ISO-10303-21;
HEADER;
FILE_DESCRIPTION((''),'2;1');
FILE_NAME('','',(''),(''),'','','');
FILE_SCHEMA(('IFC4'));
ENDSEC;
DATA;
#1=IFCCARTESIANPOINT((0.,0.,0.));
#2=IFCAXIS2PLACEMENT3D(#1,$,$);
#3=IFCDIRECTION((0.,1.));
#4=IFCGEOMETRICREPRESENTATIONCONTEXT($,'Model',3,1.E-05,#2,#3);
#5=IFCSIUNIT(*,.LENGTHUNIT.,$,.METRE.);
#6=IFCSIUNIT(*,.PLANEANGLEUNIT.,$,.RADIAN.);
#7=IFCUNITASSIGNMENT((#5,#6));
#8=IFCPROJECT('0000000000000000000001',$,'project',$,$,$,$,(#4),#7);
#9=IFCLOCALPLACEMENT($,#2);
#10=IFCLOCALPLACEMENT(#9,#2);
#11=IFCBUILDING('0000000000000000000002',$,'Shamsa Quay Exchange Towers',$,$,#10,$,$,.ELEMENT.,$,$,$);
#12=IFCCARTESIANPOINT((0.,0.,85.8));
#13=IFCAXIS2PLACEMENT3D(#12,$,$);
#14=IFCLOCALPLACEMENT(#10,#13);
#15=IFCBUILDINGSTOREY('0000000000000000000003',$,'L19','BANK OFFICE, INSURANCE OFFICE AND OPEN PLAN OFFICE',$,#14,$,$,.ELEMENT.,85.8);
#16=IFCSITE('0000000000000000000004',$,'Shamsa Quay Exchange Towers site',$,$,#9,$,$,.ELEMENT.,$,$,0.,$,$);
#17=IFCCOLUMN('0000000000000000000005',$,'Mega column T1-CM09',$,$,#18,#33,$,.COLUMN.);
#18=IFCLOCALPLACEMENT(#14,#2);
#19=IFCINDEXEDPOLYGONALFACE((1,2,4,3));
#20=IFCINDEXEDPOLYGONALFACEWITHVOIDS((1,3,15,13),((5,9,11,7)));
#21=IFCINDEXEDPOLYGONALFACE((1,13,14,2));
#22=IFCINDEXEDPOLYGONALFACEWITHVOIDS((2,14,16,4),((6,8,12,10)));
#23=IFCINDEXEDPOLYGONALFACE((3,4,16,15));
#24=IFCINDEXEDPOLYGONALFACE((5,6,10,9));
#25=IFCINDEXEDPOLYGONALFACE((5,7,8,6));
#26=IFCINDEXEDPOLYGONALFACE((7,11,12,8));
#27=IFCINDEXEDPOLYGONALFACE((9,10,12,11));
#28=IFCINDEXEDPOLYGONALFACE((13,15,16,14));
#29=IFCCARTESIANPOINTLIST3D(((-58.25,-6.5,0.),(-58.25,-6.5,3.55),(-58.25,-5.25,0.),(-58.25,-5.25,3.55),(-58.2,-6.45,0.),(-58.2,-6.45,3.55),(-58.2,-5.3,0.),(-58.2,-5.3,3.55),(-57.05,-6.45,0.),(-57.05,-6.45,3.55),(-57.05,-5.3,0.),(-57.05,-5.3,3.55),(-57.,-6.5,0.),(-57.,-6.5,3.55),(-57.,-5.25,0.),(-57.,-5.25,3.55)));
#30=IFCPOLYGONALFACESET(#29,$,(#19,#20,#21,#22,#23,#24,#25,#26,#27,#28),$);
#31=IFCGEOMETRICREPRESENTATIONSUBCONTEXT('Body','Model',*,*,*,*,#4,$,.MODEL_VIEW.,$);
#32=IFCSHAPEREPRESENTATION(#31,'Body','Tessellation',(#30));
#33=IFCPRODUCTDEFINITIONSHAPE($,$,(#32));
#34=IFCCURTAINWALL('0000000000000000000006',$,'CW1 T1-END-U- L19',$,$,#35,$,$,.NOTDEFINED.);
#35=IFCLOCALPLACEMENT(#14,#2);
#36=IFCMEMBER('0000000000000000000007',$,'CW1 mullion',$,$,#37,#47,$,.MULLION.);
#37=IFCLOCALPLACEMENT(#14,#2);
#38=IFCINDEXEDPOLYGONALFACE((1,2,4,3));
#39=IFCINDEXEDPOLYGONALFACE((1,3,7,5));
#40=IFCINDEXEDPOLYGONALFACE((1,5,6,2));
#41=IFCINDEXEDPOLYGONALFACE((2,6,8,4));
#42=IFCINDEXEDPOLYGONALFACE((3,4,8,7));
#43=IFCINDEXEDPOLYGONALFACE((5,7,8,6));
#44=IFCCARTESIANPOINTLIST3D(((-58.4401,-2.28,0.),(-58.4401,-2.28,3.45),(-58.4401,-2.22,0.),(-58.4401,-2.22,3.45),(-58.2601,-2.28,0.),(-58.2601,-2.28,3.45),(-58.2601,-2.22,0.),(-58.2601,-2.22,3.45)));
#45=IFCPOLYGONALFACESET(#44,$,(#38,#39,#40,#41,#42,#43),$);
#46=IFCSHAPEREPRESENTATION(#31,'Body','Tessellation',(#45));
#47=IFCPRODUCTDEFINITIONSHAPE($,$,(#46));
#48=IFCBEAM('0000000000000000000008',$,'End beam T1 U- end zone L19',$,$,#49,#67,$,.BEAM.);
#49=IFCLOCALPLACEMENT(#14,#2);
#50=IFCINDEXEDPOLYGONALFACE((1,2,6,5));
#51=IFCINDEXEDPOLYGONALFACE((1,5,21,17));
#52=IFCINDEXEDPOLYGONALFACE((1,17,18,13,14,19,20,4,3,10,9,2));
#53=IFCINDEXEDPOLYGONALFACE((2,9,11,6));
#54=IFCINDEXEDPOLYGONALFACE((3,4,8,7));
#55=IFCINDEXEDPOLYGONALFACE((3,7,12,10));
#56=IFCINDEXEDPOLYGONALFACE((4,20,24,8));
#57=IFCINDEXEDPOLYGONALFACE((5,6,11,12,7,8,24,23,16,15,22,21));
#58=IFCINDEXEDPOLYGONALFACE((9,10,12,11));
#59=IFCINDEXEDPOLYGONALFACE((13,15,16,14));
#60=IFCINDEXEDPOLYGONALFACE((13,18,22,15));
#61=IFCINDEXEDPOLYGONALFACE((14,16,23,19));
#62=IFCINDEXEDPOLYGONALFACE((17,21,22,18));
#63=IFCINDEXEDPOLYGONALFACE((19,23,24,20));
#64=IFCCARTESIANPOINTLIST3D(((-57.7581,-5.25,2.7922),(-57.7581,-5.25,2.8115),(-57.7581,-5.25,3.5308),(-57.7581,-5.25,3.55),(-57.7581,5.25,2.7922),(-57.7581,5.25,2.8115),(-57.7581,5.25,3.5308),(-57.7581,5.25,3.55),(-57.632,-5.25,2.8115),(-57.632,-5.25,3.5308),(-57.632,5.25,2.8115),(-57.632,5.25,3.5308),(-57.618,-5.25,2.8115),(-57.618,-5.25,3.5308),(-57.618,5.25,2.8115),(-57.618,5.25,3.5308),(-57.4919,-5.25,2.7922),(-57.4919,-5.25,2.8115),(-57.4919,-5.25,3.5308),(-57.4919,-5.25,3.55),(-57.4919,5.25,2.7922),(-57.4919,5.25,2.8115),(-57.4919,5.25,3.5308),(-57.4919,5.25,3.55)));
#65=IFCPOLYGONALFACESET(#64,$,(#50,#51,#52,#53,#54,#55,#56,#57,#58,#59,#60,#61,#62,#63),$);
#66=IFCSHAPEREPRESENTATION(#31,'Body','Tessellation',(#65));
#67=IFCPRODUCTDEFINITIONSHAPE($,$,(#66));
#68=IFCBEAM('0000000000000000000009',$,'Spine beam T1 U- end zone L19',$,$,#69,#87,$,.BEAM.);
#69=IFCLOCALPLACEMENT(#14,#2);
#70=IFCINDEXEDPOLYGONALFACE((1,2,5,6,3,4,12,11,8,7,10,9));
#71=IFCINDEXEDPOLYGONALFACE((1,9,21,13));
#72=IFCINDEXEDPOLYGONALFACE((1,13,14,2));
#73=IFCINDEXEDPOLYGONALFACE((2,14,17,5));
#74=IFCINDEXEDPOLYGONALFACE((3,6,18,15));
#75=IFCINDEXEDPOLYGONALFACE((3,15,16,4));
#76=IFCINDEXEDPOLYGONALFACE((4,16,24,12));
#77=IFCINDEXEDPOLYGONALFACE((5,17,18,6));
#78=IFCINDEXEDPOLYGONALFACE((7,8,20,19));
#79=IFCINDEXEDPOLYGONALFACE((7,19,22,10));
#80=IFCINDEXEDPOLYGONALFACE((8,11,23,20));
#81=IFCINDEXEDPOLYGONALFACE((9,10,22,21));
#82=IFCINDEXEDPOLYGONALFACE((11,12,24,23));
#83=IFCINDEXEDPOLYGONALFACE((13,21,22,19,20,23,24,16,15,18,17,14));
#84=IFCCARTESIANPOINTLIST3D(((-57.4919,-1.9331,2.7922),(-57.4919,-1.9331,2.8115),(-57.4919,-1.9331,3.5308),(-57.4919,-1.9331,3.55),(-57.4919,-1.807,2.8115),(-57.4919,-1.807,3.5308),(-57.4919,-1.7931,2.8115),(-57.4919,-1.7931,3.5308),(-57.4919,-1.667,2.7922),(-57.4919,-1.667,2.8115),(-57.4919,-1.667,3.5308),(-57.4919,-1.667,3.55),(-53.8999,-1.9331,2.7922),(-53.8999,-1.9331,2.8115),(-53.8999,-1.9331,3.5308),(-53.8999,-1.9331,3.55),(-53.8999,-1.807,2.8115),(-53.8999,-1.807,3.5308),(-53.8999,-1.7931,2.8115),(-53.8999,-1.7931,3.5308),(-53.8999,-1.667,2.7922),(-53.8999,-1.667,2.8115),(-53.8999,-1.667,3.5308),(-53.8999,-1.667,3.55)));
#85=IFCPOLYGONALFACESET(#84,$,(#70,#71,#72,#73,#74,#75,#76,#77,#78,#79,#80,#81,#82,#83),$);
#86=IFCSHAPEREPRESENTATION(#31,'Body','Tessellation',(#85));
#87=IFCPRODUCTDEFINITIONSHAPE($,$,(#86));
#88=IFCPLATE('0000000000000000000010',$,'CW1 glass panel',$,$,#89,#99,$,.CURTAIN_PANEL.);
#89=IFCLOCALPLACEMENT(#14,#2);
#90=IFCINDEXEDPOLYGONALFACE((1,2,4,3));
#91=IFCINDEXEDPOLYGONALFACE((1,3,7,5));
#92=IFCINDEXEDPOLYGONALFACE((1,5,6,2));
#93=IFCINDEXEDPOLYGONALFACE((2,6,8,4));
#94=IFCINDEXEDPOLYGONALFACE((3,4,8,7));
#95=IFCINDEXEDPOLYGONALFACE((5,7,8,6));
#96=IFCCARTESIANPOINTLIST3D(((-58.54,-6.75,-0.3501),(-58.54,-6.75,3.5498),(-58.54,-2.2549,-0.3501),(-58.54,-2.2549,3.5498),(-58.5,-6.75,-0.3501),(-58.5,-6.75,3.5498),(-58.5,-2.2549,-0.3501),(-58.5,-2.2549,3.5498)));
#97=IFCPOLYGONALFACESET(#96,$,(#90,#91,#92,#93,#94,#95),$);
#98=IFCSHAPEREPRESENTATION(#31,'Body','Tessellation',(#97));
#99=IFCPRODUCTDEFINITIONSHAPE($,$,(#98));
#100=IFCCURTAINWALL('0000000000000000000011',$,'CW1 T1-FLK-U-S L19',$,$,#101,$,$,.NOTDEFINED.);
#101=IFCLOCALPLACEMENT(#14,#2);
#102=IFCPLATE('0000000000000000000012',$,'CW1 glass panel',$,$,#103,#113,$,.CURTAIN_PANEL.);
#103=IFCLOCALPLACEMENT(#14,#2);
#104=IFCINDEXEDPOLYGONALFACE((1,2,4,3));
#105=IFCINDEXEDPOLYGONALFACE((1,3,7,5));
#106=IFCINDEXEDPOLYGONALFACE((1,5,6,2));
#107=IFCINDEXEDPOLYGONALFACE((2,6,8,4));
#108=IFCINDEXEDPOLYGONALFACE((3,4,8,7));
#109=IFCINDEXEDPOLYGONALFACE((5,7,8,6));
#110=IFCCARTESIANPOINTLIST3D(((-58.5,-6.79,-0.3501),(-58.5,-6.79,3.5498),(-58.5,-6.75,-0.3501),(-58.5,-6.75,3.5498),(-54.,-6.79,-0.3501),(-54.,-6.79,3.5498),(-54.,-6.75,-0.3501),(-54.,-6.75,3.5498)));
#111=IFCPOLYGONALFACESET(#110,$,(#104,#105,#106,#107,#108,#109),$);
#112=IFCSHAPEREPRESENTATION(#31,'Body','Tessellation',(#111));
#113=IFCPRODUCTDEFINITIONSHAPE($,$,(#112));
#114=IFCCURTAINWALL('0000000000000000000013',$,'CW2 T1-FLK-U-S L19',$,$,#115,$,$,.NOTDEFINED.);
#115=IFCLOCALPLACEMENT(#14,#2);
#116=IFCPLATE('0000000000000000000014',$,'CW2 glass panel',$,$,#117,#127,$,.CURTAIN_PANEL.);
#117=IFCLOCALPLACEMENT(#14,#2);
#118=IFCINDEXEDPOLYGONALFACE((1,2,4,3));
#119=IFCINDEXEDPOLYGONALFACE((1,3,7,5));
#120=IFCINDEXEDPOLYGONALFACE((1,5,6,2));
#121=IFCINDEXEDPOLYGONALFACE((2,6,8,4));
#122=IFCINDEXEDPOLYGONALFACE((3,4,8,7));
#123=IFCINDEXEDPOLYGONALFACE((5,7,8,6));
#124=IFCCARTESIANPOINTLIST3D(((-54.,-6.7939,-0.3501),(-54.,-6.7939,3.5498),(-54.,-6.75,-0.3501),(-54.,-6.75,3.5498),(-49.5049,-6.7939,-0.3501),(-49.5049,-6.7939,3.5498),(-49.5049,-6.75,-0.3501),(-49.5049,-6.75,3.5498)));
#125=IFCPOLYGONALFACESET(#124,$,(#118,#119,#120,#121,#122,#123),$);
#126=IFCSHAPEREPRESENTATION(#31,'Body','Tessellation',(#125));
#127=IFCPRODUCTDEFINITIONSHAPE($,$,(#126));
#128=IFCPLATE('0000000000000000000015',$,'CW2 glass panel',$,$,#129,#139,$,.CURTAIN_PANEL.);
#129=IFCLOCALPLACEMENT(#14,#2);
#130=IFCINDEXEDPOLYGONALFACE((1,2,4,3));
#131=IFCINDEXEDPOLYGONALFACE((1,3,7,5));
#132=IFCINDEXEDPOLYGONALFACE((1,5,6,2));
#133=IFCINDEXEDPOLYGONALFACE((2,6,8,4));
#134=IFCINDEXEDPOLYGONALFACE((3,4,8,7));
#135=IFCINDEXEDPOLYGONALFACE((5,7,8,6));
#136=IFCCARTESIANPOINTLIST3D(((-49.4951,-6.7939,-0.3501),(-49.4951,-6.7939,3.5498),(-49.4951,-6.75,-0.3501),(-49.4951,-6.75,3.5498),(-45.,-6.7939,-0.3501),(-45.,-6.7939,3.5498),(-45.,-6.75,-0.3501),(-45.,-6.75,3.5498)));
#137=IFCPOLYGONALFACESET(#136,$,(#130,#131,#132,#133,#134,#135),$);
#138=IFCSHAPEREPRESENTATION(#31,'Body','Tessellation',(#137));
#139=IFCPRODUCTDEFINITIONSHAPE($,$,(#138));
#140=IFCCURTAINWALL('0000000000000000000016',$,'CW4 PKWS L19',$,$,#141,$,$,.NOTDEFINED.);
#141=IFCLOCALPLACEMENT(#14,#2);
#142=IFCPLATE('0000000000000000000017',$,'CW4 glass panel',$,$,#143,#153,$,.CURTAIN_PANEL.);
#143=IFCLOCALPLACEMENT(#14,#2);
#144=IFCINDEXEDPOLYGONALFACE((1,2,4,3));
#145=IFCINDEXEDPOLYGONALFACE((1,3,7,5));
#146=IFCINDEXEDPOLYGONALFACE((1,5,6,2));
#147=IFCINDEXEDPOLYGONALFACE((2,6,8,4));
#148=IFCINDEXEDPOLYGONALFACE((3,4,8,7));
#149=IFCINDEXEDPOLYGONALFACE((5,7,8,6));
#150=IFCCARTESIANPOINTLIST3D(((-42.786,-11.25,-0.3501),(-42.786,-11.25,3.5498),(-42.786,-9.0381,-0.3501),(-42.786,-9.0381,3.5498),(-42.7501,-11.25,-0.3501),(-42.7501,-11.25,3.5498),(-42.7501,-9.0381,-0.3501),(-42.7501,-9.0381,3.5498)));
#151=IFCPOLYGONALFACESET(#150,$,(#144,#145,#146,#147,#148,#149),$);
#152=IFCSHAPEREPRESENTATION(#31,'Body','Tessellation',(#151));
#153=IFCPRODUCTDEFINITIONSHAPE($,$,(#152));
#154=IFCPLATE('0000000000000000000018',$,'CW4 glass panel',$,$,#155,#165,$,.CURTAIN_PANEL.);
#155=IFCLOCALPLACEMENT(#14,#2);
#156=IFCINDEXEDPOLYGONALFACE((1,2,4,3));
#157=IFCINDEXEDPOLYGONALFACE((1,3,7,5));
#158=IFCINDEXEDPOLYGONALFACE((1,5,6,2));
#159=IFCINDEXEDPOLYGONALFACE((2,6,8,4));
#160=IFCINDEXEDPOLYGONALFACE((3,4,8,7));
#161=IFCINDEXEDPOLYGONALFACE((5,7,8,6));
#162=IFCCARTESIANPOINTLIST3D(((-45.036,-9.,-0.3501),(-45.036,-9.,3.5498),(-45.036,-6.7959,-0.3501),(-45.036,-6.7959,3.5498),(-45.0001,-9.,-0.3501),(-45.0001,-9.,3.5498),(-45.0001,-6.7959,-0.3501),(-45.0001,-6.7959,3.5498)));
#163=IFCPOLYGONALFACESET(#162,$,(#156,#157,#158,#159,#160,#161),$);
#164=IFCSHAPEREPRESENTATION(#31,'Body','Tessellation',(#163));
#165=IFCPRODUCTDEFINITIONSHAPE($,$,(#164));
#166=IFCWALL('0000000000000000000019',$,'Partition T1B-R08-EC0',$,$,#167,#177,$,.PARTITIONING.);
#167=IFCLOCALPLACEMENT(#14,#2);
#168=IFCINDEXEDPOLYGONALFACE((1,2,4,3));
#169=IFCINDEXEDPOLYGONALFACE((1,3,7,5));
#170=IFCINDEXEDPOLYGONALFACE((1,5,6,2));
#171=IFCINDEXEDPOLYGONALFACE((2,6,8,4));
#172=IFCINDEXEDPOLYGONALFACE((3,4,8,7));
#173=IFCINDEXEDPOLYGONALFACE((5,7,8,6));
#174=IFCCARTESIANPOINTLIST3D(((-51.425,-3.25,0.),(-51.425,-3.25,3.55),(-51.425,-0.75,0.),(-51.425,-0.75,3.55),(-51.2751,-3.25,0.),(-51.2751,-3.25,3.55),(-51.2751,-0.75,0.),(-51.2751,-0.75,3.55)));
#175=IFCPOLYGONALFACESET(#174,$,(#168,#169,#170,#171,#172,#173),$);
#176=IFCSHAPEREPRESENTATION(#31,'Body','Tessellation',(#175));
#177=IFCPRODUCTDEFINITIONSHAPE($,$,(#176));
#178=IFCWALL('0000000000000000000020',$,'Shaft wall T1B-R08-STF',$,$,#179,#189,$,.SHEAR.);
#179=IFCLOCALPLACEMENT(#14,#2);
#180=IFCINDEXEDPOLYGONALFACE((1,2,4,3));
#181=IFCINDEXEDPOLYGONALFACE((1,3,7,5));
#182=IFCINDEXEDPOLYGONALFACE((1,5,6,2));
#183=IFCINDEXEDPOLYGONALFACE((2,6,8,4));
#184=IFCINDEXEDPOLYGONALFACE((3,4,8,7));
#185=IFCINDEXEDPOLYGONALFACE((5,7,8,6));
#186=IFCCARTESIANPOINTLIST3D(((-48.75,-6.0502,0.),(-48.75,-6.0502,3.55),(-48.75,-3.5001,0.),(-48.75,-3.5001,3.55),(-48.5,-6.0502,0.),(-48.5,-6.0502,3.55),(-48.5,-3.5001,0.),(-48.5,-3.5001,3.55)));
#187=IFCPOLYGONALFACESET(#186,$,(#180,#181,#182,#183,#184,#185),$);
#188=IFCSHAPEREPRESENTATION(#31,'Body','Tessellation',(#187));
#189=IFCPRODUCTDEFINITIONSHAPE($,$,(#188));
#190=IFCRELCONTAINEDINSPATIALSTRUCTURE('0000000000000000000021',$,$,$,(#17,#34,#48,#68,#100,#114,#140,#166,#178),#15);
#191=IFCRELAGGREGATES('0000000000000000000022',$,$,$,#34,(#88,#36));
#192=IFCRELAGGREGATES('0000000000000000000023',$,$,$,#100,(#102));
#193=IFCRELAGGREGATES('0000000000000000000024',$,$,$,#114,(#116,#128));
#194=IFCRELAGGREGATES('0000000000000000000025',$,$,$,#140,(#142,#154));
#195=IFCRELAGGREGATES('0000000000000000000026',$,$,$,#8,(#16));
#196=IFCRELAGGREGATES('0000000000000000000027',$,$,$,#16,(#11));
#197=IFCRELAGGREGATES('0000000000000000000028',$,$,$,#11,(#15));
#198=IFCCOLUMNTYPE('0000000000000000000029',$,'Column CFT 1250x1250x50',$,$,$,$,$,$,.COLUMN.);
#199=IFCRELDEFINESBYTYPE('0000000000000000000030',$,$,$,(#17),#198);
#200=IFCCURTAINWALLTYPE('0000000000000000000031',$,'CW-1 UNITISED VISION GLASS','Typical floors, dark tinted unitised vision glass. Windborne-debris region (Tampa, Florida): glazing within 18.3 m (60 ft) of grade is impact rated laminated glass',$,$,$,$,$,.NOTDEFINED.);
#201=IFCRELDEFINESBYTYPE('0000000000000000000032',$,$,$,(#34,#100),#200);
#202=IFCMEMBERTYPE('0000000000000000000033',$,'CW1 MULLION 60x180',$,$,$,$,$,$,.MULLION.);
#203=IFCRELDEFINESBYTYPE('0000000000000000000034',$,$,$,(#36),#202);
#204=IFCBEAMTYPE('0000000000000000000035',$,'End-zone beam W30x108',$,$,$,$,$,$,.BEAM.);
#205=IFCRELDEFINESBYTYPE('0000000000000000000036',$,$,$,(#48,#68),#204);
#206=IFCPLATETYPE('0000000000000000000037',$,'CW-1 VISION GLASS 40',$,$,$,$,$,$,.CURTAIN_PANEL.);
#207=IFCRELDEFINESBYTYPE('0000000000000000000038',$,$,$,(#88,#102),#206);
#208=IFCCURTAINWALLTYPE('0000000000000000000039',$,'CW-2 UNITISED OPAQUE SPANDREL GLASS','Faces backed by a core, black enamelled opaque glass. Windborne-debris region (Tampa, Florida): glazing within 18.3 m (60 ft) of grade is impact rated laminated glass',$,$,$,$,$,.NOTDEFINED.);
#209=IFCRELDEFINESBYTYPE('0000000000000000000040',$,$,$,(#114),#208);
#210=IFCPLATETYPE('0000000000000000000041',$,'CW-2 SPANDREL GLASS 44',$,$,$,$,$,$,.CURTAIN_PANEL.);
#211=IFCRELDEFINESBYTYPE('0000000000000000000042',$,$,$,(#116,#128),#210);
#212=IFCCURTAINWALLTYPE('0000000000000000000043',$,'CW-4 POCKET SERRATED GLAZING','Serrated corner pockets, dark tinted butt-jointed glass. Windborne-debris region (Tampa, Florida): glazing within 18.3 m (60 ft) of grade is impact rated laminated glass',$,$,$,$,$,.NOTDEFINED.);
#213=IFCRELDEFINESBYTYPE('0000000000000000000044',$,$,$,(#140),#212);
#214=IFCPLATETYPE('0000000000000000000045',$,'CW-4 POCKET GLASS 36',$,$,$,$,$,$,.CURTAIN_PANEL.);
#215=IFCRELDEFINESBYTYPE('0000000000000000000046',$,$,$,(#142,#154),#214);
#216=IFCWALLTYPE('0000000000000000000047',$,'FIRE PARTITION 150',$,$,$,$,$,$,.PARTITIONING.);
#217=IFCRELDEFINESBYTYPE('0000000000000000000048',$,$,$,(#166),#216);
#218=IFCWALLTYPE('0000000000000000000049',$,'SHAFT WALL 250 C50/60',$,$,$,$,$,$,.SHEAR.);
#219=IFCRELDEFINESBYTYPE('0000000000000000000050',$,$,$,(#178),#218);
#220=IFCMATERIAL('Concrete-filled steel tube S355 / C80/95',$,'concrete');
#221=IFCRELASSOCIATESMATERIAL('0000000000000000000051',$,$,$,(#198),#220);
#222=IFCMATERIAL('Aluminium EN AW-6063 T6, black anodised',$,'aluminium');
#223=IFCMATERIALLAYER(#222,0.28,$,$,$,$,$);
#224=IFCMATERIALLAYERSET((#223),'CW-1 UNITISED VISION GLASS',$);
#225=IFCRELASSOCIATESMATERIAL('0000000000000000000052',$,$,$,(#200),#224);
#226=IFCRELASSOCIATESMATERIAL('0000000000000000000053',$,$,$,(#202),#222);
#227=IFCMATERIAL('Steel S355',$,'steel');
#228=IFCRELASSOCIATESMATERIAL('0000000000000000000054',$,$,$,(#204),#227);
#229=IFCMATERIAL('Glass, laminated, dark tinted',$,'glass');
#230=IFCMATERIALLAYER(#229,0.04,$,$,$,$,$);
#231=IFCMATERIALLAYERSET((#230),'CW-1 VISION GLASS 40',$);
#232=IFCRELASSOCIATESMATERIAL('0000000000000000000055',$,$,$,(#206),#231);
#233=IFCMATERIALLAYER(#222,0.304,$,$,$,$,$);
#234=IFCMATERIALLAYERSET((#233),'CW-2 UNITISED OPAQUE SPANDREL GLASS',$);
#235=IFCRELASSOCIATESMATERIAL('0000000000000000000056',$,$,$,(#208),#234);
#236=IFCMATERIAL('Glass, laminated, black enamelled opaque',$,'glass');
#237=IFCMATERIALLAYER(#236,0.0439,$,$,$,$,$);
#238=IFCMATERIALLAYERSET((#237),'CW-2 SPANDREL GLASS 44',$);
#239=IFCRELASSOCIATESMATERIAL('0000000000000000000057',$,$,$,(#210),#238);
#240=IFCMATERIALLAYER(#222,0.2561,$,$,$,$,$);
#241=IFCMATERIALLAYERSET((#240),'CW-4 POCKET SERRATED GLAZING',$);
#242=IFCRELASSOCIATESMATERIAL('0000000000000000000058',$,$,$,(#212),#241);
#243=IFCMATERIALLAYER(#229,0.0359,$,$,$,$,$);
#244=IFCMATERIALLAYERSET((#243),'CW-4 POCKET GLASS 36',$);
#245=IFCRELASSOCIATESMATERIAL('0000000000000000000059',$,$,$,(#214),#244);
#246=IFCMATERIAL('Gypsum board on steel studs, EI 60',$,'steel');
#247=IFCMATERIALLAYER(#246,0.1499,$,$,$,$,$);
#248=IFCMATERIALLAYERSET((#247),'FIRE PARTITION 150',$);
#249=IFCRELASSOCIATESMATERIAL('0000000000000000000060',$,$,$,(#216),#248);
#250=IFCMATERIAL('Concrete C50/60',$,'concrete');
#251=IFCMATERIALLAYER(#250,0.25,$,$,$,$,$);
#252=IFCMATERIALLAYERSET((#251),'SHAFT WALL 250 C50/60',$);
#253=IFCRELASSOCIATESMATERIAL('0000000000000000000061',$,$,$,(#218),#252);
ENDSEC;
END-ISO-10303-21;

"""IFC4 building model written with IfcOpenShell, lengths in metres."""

from ifc_helpers import new_model, si_unit, direction, frame, frame_2d, origin, origin_2d, place, context, subcontext, project, spatial, rectangle, hollow_rectangle, i_section, extrude, material, layer, layer_set, material_profile, profile_set, type_object, element, aggregate, save


model = new_model("IFC4")

# Units and contexts
model_context = context("Model", 3, precision=1e-05, world=origin(), true_north=direction((0.0, 1.0)))
body_context = subcontext(model_context, "Body", "Model", "MODEL_VIEW")
ifc_project = project(units=[si_unit("LENGTHUNIT", "METRE"), si_unit("PLANEANGLEUNIT", "RADIAN")], contexts=[model_context])

# Site, building, storey
site_placement = place(None, origin())
site = spatial("IfcSite", under=ifc_project, at=site_placement, Name="Shamsa Quay Exchange Towers site", CompositionType="ELEMENT", RefElevation=0.0)
building_placement = place(site_placement, origin())
building = spatial("IfcBuilding", under=site, at=building_placement, Name="Shamsa Quay Exchange Towers", CompositionType="ELEMENT")
storey_placement = place(building_placement, frame((0.0, 0.0, 85.8)))
storey = spatial("IfcBuildingStorey", under=building, at=storey_placement, Name="L19", Description="BANK OFFICE, INSURANCE OFFICE AND OPEN PLAN OFFICE", CompositionType="ELEMENT", Elevation=85.8)

# Column
ifc_material_1 = material(Name="Concrete-filled steel tube S355 / C80/95", Category="concrete")
ifc_material_profile_1 = material_profile(ifc_material_1, hollow_rectangle(XDim=1.25, YDim=1.25, WallThickness=0.05, at=origin_2d()), Name="CFT 1250x1250x50")
ifc_profile_set_1 = profile_set([ifc_material_profile_1], Name="Concrete-filled steel tube S355 / C80/95")
column_type = type_object("IfcColumnType", Name="Column CFT 1250x1250x50", PredefinedType="COLUMN", material=ifc_profile_set_1)
column_placement = place(storey_placement, frame((-57.625, -5.875, 0.0)))
element("IfcColumn", 1, at=column_placement, inside=storey, type_object=column_type, Name="Mega column T1-CM09", PredefinedType="COLUMN", context=body_context, shape_type="SweptSolid", body=[
    extrude(hollow_rectangle(XDim=1.25, YDim=1.25, WallThickness=0.05, at=origin_2d()), origin(), (0.0, 0.0, 1.0), 3.55),
])

# Curtain wall, member
ifc_material_2 = material(Name="Aluminium EN AW-6063 T6, black anodised", Category="aluminium")
ifc_layer_1 = layer(ifc_material_2, 0.28)
ifc_layer_set_1 = layer_set([ifc_layer_1], Name="CW-1 UNITISED VISION GLASS")
curtain_wall_type_1 = type_object("IfcCurtainWallType", Name="CW-1 UNITISED VISION GLASS", Description="Typical floors, dark tinted unitised vision glass. Windborne-debris region (Tampa, Florida): glazing within 18.3 m (60 ft) of grade is impact rated laminated glass", PredefinedType="NOTDEFINED", material=ifc_layer_set_1)
curtain_wall_1_placement = place(storey_placement, origin())
curtain_wall_1 = element("IfcCurtainWall", 2, at=curtain_wall_1_placement, inside=storey, type_object=curtain_wall_type_1, Name="CW1 T1-END-U- L19", PredefinedType="NOTDEFINED")
ifc_material_profile_2 = material_profile(ifc_material_2, rectangle(XDim=0.1799, YDim=0.0601, at=origin_2d()), Name="MU60x180")
ifc_profile_set_2 = profile_set([ifc_material_profile_2], Name="Aluminium EN AW-6063 T6, black anodised")
member_type = type_object("IfcMemberType", Name="CW1 MULLION 60x180", PredefinedType="MULLION", material=ifc_profile_set_2)
member_placement = place(storey_placement, frame((-58.3501, -2.25, 0.0)))
member = element("IfcMember", 3, at=member_placement, type_object=member_type, Name="CW1 mullion", PredefinedType="MULLION", context=body_context, shape_type="SweptSolid", body=[
    extrude(rectangle(XDim=0.1799, YDim=0.0601, at=origin_2d()), origin(), (0.0, 0.0, 1.0), 3.45),
])

# Beams
ifc_material_3 = material(Name="Steel S355", Category="steel")
ifc_material_profile_3 = material_profile(ifc_material_3, i_section(OverallWidth=0.2661, OverallDepth=0.7578, WebThickness=0.0139, FlangeThickness=0.0193, at=origin_2d()), Name="W30x108")
ifc_profile_set_3 = profile_set([ifc_material_profile_3], Name="Steel S355")
beam_type = type_object("IfcBeamType", Name="End-zone beam W30x108", PredefinedType="BEAM", material=ifc_profile_set_3)
beam_1_placement = place(storey_placement, frame((-57.625, -5.25, 3.1711), z_axis=(0.0, 1.0, 0.0), x_axis=(-1.0, 0.0, 0.0)))
element("IfcBeam", 4, at=beam_1_placement, inside=storey, type_object=beam_type, Name="End beam T1 U- end zone L19", PredefinedType="BEAM", context=body_context, shape_type="SweptSolid", body=[
    extrude(i_section(OverallWidth=0.2661, OverallDepth=0.7578, WebThickness=0.0139, FlangeThickness=0.0193, at=origin_2d()), origin(), (0.0, 0.0, 1.0), 10.5),
])
beam_2_placement = place(storey_placement, frame((-53.8999, -1.8, 3.1711), z_axis=(-1.0, 0.0, 0.0), x_axis=(0.0, -1.0, 0.0)))
element("IfcBeam", 5, at=beam_2_placement, inside=storey, type_object=beam_type, Name="Spine beam T1 U- end zone L19", PredefinedType="BEAM", context=body_context, shape_type="SweptSolid", body=[
    extrude(i_section(OverallWidth=0.2661, OverallDepth=0.7578, WebThickness=0.0139, FlangeThickness=0.0193, at=origin_2d()), origin(), (0.0, 0.0, 1.0), 3.592),
])

# Plate
ifc_material_4 = material(Name="Glass, laminated, dark tinted", Category="glass")
ifc_layer_2 = layer(ifc_material_4, 0.04)
ifc_layer_set_2 = layer_set([ifc_layer_2], Name="CW-1 VISION GLASS 40")
plate_type_1 = type_object("IfcPlateType", Name="CW-1 VISION GLASS 40", PredefinedType="CURTAIN_PANEL", material=ifc_layer_set_2)
plate_1_placement = place(storey_placement, frame((-58.52, -4.5024, -0.3501), z_axis=(0.0, 0.0, 1.0), x_axis=(0.0, -1.0, 0.0)))
plate_1 = element("IfcPlate", 6, at=plate_1_placement, type_object=plate_type_1, Name="CW1 glass panel", PredefinedType="CURTAIN_PANEL", context=body_context, shape_type="SweptSolid", body=[
    extrude(rectangle(XDim=4.4951, YDim=0.04, at=origin_2d()), origin(), (0.0, 0.0, 1.0), 3.8999),
])
aggregate(curtain_wall_1, [plate_1, member])

# Curtain wall, plate
curtain_wall_2_placement = place(storey_placement, origin())
curtain_wall_2 = element("IfcCurtainWall", 7, at=curtain_wall_2_placement, inside=storey, type_object=curtain_wall_type_1, Name="CW1 T1-FLK-U-S L19", PredefinedType="NOTDEFINED")
plate_2_placement = place(storey_placement, frame((-56.25, -6.77, -0.3501)))
plate_2 = element("IfcPlate", 8, at=plate_2_placement, type_object=plate_type_1, Name="CW1 glass panel", PredefinedType="CURTAIN_PANEL", context=body_context, shape_type="SweptSolid", body=[
    extrude(rectangle(XDim=4.5, YDim=0.04, at=origin_2d()), origin(), (0.0, 0.0, 1.0), 3.8999),
])
aggregate(curtain_wall_2, [plate_2])

# Curtain walls, plates
ifc_layer_3 = layer(ifc_material_2, 0.304)
ifc_layer_set_3 = layer_set([ifc_layer_3], Name="CW-2 UNITISED OPAQUE SPANDREL GLASS")
curtain_wall_type_2 = type_object("IfcCurtainWallType", Name="CW-2 UNITISED OPAQUE SPANDREL GLASS", Description="Faces backed by a core, black enamelled opaque glass. Windborne-debris region (Tampa, Florida): glazing within 18.3 m (60 ft) of grade is impact rated laminated glass", PredefinedType="NOTDEFINED", material=ifc_layer_set_3)
curtain_wall_3_placement = place(storey_placement, origin())
curtain_wall_3 = element("IfcCurtainWall", 9, at=curtain_wall_3_placement, inside=storey, type_object=curtain_wall_type_2, Name="CW2 T1-FLK-U-S L19", PredefinedType="NOTDEFINED")
ifc_material_5 = material(Name="Glass, laminated, black enamelled opaque", Category="glass")
ifc_layer_4 = layer(ifc_material_5, 0.0439)
ifc_layer_set_4 = layer_set([ifc_layer_4], Name="CW-2 SPANDREL GLASS 44")
plate_type_2 = type_object("IfcPlateType", Name="CW-2 SPANDREL GLASS 44", PredefinedType="CURTAIN_PANEL", material=ifc_layer_set_4)
plate_3_placement = place(storey_placement, frame((-51.7524, -6.772, -0.3501)))
plate_3 = element("IfcPlate", 10, at=plate_3_placement, type_object=plate_type_2, Name="CW2 glass panel", PredefinedType="CURTAIN_PANEL", context=body_context, shape_type="SweptSolid", body=[
    extrude(rectangle(XDim=4.4951, YDim=0.0439, at=origin_2d()), origin(), (0.0, 0.0, 1.0), 3.8999),
])
plate_4_placement = place(storey_placement, frame((-47.2476, -6.772, -0.3501)))
plate_4 = element("IfcPlate", 11, at=plate_4_placement, type_object=plate_type_2, Name="CW2 glass panel", PredefinedType="CURTAIN_PANEL", context=body_context, shape_type="SweptSolid", body=[
    extrude(rectangle(XDim=4.4951, YDim=0.0439, at=origin_2d()), origin(), (0.0, 0.0, 1.0), 3.8999),
])
aggregate(curtain_wall_3, [plate_3, plate_4])
ifc_layer_5 = layer(ifc_material_2, 0.2561)
ifc_layer_set_5 = layer_set([ifc_layer_5], Name="CW-4 POCKET SERRATED GLAZING")
curtain_wall_type_3 = type_object("IfcCurtainWallType", Name="CW-4 POCKET SERRATED GLAZING", Description="Serrated corner pockets, dark tinted butt-jointed glass. Windborne-debris region (Tampa, Florida): glazing within 18.3 m (60 ft) of grade is impact rated laminated glass", PredefinedType="NOTDEFINED", material=ifc_layer_set_5)
curtain_wall_4_placement = place(storey_placement, origin())
curtain_wall_4 = element("IfcCurtainWall", 12, at=curtain_wall_4_placement, inside=storey, type_object=curtain_wall_type_3, Name="CW4 PKWS L19", PredefinedType="NOTDEFINED")
ifc_layer_6 = layer(ifc_material_4, 0.0359)
ifc_layer_set_6 = layer_set([ifc_layer_6], Name="CW-4 POCKET GLASS 36")
plate_type_3 = type_object("IfcPlateType", Name="CW-4 POCKET GLASS 36", PredefinedType="CURTAIN_PANEL", material=ifc_layer_set_6)
plate_5_placement = place(storey_placement, frame((-42.7681, -10.144, -0.3501), z_axis=(0.0, 0.0, 1.0), x_axis=(0.0, -1.0, 0.0)))
plate_5 = element("IfcPlate", 13, at=plate_5_placement, type_object=plate_type_3, Name="CW4 glass panel", PredefinedType="CURTAIN_PANEL", context=body_context, shape_type="SweptSolid", body=[
    extrude(rectangle(XDim=2.2119, YDim=0.0359, at=origin_2d()), origin(), (0.0, 0.0, 1.0), 3.8999),
])
plate_6_placement = place(storey_placement, frame((-45.0181, -7.8979, -0.3501), z_axis=(0.0, 0.0, 1.0), x_axis=(0.0, -1.0, 0.0)))
plate_6 = element("IfcPlate", 14, at=plate_6_placement, type_object=plate_type_3, Name="CW4 glass panel", PredefinedType="CURTAIN_PANEL", context=body_context, shape_type="SweptSolid", body=[
    extrude(rectangle(XDim=2.2041, YDim=0.0359, at=origin_2d()), origin(), (0.0, 0.0, 1.0), 3.8999),
])
aggregate(curtain_wall_4, [plate_5, plate_6])

# Walls
ifc_material_6 = material(Name="Gypsum board on steel studs, EI 60", Category="steel")
ifc_layer_7 = layer(ifc_material_6, 0.1499)
ifc_layer_set_7 = layer_set([ifc_layer_7], Name="FIRE PARTITION 150")
wall_type_1 = type_object("IfcWallType", Name="FIRE PARTITION 150", PredefinedType="PARTITIONING", material=ifc_layer_set_7)
wall_1_placement = place(storey_placement, frame((-51.3501, -3.25, 0.0), z_axis=(0.0, 0.0, 1.0), x_axis=(0.0, 1.0, 0.0)))
element("IfcWall", 15, at=wall_1_placement, inside=storey, type_object=wall_type_1, Name="Partition T1B-R08-EC0", PredefinedType="PARTITIONING", context=body_context, shape_type="SweptSolid", body=[
    extrude(rectangle(XDim=2.5, YDim=0.1499, at=frame_2d((1.25, 0.0))), origin(), (0.0, 0.0, 1.0), 3.55),
])
ifc_material_7 = material(Name="Concrete C50/60", Category="concrete")
ifc_layer_8 = layer(ifc_material_7, 0.25)
ifc_layer_set_8 = layer_set([ifc_layer_8], Name="SHAFT WALL 250 C50/60")
wall_type_2 = type_object("IfcWallType", Name="SHAFT WALL 250 C50/60", PredefinedType="SHEAR", material=ifc_layer_set_8)
wall_2_placement = place(storey_placement, frame((-48.625, -6.05, 0.0), z_axis=(0.0, 0.0, 1.0), x_axis=(0.0, 1.0, 0.0)))
element("IfcWall", 16, at=wall_2_placement, inside=storey, type_object=wall_type_2, Name="Shaft wall T1B-R08-STF", PredefinedType="SHEAR", context=body_context, shape_type="SweptSolid", body=[
    extrude(rectangle(XDim=2.55, YDim=0.25, at=frame_2d((1.2749, 0.0))), origin(), (0.0, 0.0, 1.0), 3.55),
])

save(model, "model.ifc")
